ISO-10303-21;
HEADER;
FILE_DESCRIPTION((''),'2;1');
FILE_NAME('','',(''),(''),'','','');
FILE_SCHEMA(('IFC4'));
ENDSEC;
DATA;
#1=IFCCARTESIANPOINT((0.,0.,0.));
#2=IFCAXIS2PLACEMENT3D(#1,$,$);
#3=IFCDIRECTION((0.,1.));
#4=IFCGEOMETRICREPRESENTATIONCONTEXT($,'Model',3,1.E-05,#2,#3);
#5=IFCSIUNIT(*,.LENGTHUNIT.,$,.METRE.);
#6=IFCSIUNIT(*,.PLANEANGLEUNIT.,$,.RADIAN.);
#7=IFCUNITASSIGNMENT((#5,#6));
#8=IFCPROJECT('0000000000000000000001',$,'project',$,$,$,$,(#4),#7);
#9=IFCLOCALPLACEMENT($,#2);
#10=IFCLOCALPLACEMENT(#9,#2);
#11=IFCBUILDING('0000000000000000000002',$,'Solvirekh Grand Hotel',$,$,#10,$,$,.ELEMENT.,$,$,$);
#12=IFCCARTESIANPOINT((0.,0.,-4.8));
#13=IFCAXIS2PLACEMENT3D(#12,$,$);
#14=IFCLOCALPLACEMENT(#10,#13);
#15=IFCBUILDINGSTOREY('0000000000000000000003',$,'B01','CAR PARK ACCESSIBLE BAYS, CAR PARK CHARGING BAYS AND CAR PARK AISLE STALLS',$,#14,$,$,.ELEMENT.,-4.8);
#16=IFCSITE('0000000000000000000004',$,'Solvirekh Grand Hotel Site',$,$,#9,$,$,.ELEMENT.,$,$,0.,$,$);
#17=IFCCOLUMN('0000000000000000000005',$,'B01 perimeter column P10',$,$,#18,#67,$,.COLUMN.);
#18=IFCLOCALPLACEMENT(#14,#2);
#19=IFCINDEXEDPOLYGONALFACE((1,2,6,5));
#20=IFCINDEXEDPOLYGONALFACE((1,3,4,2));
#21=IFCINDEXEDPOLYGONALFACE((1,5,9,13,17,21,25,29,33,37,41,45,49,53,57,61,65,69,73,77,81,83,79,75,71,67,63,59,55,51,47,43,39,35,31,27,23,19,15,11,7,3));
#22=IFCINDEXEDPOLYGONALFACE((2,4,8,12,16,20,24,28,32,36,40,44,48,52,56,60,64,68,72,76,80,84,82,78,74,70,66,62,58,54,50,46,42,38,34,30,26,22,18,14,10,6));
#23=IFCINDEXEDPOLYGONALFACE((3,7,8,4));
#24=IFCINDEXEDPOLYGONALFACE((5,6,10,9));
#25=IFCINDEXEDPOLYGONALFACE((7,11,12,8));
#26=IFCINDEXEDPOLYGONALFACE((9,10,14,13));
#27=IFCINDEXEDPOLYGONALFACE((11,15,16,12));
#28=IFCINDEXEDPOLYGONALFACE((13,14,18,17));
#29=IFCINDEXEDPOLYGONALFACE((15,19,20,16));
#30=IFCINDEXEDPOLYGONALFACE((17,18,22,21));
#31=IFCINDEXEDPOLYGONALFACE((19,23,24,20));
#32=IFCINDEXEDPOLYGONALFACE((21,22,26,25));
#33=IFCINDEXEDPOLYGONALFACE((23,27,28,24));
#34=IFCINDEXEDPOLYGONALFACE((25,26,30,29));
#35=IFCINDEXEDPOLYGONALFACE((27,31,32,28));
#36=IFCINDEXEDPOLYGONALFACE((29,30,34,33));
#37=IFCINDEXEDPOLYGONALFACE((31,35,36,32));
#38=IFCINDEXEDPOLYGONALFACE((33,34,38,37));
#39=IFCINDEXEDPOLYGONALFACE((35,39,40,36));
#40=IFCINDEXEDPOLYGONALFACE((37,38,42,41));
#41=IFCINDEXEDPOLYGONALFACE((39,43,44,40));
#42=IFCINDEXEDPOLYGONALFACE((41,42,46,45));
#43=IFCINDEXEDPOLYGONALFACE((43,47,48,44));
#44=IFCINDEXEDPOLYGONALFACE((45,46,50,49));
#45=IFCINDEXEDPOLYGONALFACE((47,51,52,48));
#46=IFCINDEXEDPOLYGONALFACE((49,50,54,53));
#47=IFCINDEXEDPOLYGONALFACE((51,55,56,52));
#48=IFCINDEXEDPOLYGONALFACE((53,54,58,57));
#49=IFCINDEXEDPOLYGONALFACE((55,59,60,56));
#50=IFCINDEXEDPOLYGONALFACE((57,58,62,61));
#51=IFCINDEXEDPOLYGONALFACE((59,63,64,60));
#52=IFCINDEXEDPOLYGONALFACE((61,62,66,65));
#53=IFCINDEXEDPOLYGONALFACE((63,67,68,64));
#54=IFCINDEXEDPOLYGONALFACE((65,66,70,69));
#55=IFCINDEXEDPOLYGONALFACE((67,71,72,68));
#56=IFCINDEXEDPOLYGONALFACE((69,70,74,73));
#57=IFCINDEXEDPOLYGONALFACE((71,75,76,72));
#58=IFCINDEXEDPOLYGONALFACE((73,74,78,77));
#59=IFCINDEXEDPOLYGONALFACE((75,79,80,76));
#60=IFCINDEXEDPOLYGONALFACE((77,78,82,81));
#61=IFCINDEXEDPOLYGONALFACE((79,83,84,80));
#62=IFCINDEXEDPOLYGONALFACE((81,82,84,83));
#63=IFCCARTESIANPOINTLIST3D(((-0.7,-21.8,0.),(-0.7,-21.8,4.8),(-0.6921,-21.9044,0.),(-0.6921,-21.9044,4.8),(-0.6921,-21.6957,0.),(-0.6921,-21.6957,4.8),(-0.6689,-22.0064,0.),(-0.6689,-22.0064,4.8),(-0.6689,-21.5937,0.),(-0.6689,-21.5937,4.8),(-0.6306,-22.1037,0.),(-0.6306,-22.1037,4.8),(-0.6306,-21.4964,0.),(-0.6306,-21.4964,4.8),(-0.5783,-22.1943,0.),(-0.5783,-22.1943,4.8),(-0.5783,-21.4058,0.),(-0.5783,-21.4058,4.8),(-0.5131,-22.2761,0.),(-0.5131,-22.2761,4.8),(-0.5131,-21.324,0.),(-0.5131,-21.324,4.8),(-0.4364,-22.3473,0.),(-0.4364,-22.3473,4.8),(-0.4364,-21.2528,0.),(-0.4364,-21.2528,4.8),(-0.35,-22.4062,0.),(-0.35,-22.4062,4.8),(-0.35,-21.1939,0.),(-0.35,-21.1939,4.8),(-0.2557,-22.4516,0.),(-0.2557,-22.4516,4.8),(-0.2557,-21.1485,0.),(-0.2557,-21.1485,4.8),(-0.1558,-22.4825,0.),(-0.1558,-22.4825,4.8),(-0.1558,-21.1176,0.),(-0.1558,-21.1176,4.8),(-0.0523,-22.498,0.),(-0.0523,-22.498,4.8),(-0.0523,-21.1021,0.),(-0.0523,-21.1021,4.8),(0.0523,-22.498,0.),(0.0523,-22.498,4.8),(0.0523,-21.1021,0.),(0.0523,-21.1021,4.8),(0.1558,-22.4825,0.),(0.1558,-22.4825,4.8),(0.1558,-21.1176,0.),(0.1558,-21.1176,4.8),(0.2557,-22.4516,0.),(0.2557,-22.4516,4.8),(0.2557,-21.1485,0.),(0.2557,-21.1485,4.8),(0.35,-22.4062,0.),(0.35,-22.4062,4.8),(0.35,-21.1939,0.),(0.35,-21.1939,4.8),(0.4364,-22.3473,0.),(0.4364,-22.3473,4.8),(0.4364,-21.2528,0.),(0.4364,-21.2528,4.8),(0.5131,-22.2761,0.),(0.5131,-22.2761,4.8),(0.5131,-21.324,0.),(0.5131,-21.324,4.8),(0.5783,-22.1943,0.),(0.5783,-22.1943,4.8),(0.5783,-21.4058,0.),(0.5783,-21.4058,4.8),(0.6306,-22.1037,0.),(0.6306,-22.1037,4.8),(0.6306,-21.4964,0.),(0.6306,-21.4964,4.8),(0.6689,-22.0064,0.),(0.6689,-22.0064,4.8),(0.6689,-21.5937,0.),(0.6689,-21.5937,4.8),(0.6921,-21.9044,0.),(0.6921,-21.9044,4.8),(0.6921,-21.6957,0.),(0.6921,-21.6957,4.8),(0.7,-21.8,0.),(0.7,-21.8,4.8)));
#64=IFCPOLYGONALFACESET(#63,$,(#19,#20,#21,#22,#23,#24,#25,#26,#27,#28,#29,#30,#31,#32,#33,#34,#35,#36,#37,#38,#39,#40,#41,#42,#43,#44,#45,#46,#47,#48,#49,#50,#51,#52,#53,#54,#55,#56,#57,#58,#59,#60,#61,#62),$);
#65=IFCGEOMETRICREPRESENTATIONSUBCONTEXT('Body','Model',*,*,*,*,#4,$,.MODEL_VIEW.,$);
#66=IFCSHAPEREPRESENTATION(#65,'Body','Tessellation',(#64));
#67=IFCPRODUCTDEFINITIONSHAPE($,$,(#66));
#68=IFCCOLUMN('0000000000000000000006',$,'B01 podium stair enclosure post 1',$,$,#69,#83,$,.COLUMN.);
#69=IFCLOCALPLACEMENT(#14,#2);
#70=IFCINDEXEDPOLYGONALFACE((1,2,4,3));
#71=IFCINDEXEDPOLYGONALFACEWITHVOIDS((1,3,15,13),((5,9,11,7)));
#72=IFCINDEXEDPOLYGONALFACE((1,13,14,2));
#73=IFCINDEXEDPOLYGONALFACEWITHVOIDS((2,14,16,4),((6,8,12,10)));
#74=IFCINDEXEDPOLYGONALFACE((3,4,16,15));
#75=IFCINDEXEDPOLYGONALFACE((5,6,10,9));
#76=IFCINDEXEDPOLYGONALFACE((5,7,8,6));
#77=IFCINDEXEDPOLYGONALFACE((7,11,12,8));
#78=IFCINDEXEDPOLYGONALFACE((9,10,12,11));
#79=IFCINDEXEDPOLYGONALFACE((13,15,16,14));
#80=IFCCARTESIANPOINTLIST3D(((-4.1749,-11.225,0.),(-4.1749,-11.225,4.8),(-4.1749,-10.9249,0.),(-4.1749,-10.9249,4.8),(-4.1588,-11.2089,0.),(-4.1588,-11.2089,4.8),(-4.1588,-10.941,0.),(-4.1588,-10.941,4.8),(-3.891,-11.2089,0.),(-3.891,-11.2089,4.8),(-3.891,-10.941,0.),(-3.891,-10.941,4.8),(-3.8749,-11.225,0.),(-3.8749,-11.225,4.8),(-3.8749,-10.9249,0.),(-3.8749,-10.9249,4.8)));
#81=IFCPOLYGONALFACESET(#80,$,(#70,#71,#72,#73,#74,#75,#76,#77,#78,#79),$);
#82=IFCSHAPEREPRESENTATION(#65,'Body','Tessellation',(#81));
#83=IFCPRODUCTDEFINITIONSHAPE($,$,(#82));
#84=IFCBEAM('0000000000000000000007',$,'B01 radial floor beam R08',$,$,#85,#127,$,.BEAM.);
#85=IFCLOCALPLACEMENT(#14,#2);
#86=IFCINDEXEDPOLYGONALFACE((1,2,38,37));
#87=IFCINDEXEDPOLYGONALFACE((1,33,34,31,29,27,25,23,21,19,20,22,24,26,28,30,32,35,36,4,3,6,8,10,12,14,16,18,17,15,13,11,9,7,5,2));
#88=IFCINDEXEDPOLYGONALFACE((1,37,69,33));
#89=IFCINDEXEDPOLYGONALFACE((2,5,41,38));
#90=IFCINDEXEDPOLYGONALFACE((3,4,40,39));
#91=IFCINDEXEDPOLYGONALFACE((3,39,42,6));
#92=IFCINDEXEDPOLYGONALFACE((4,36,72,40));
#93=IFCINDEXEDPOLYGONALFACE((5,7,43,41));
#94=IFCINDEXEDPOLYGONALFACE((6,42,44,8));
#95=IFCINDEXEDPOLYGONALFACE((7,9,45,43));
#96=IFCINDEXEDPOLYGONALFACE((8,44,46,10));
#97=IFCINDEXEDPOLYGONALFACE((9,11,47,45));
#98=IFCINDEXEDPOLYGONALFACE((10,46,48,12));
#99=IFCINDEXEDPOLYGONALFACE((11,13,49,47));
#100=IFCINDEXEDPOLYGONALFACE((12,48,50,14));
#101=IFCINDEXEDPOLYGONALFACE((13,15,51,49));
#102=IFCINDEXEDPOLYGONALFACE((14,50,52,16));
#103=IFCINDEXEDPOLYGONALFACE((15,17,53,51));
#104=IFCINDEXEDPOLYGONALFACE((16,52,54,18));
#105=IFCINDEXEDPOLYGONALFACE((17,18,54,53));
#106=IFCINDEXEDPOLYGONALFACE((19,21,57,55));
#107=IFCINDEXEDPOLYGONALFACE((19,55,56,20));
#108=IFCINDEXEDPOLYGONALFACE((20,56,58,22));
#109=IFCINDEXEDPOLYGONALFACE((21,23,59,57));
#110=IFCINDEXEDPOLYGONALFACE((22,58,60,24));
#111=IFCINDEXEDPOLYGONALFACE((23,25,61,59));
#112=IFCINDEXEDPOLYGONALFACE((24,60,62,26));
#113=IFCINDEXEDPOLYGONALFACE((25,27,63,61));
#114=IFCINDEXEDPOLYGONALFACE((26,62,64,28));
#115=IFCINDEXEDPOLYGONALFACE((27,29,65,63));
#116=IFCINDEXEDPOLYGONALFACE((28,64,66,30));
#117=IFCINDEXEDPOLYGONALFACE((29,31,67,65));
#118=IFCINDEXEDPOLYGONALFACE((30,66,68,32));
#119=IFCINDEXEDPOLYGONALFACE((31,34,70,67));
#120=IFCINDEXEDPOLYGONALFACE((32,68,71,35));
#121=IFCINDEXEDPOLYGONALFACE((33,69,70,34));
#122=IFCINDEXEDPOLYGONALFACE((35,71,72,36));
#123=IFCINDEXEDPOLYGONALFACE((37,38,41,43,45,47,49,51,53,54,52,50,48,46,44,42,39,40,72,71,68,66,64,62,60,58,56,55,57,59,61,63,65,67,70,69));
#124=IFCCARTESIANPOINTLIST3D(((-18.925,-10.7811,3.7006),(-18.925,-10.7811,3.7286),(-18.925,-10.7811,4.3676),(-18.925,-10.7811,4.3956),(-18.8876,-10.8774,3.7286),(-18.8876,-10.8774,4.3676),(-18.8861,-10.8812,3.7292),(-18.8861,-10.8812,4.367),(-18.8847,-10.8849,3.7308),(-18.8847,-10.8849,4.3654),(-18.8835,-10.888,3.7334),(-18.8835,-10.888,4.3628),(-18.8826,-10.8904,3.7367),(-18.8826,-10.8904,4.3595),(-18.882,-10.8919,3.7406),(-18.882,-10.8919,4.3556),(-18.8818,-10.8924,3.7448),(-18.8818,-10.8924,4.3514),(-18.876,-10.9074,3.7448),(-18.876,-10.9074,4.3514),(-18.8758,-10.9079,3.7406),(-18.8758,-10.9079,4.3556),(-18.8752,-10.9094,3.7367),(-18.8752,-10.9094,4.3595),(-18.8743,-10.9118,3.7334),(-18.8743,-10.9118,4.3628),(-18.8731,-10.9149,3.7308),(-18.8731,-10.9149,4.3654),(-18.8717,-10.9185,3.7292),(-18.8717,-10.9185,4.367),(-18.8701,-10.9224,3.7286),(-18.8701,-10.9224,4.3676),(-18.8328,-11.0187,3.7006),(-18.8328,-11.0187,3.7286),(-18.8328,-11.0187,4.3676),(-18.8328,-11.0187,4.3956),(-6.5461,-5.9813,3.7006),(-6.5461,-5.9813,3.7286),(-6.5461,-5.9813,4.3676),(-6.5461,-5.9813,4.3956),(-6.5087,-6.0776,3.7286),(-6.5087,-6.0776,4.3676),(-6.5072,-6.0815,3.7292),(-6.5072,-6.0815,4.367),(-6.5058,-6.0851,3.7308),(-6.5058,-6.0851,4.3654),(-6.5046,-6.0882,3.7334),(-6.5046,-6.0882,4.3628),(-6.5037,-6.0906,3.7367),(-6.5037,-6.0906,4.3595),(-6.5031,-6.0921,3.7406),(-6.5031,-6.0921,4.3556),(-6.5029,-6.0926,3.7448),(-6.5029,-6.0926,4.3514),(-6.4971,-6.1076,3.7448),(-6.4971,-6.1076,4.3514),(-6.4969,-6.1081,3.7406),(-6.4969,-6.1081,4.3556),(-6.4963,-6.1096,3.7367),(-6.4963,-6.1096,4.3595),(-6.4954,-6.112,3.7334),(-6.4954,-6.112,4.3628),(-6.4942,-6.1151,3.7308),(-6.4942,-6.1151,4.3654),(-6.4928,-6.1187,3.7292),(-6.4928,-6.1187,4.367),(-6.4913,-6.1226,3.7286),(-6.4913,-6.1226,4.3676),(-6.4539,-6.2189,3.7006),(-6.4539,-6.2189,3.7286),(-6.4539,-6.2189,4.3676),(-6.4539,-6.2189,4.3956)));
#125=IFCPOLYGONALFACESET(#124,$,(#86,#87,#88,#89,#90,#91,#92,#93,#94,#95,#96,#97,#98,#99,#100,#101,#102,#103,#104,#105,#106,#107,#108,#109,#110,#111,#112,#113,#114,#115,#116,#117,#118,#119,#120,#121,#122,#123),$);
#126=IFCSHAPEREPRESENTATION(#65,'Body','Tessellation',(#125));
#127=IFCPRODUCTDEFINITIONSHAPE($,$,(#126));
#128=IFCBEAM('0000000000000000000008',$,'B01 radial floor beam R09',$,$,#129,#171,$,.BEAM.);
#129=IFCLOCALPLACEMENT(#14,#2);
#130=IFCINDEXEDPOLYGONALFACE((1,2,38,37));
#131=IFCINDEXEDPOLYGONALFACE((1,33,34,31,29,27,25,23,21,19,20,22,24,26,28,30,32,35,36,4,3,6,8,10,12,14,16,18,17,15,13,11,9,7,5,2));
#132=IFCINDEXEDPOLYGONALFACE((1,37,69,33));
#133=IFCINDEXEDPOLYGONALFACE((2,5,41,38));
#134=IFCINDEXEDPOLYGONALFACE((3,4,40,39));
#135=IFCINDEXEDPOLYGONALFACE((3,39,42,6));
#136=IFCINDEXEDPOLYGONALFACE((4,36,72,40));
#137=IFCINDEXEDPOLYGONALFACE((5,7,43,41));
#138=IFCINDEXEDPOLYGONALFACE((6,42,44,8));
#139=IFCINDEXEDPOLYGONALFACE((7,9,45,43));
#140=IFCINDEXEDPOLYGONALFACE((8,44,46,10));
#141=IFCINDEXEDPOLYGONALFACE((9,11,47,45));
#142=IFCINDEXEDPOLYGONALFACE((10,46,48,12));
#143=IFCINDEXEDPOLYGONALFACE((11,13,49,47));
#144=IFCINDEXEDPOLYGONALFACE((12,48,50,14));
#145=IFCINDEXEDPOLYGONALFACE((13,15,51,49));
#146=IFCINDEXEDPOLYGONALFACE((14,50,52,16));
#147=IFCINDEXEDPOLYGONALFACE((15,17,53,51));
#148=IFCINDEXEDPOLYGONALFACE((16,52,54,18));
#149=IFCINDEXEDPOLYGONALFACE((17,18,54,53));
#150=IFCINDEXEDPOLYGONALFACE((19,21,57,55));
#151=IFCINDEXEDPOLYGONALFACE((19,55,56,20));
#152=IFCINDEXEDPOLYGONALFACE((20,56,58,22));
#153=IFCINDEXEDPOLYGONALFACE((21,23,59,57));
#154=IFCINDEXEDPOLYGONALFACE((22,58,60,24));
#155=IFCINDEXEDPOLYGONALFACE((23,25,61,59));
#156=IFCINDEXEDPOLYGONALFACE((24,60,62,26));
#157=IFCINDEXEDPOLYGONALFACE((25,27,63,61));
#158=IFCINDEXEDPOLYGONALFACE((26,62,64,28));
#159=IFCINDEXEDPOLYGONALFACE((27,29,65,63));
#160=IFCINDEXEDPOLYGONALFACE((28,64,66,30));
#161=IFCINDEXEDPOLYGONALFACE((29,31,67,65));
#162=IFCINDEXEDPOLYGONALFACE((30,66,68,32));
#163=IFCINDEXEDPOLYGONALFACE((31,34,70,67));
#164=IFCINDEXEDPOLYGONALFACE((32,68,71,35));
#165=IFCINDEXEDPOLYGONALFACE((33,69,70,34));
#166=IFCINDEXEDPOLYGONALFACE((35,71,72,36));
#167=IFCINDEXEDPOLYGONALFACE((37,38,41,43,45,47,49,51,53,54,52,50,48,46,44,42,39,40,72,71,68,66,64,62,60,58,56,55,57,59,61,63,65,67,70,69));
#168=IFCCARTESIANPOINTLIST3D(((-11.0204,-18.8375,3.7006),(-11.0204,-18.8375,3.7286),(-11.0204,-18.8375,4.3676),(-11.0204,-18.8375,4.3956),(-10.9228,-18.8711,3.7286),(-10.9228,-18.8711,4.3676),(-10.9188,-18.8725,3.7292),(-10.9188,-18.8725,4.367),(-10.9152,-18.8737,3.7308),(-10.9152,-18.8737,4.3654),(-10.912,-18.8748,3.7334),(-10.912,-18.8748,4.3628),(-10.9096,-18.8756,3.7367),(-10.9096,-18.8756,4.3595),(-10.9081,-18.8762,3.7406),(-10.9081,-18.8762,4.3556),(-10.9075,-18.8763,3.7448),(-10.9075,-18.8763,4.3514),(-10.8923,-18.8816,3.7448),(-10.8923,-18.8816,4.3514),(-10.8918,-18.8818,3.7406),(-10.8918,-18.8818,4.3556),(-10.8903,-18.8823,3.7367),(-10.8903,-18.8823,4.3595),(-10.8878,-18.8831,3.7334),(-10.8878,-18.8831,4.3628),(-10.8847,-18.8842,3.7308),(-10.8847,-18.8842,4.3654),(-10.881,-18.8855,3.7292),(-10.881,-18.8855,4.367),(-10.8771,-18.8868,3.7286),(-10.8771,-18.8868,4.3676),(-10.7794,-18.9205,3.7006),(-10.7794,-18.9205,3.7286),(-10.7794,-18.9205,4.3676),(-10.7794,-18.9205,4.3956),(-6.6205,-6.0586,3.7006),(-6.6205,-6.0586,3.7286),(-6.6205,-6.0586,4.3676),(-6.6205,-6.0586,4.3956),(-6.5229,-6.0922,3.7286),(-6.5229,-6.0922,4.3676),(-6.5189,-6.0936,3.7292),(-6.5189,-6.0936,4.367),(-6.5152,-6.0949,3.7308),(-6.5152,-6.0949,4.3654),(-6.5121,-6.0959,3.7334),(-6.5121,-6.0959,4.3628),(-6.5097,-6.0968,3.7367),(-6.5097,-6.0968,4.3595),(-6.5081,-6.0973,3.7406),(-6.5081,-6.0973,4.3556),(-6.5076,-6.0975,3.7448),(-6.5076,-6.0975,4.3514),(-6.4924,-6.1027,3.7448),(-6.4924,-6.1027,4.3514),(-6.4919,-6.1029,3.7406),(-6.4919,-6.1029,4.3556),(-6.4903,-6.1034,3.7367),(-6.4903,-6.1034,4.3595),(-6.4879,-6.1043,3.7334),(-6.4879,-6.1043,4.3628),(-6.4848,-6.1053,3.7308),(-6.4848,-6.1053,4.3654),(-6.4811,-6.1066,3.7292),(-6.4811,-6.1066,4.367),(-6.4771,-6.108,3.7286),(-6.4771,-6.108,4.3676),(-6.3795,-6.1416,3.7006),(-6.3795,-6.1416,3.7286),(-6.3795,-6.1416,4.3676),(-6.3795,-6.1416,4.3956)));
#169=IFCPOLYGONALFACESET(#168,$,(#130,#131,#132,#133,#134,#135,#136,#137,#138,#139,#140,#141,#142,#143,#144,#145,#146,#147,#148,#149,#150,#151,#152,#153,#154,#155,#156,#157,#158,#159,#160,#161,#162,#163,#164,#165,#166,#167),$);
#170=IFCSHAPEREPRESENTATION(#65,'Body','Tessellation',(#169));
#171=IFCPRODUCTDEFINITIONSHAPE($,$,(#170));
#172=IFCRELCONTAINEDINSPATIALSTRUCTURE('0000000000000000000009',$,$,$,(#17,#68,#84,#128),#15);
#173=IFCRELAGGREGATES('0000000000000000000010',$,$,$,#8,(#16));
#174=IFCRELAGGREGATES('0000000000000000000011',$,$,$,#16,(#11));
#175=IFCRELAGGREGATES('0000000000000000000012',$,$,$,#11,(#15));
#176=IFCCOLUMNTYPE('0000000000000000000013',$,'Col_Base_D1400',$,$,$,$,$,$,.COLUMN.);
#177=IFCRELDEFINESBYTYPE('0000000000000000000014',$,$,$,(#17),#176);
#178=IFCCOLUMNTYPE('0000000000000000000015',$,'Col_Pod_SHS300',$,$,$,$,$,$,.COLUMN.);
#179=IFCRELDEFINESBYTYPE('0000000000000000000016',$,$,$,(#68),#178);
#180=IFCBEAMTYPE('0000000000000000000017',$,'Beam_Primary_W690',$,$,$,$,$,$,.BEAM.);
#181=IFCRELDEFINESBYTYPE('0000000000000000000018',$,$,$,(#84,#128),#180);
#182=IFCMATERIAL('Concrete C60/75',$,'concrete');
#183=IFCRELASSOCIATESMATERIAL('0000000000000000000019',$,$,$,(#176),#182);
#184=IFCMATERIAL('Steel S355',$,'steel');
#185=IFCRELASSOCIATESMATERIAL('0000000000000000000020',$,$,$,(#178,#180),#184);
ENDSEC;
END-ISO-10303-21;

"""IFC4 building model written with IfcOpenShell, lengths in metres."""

from ifc_helpers import new_model, si_unit, direction, frame, origin, origin_2d, place, context, subcontext, project, spatial, hollow_rectangle, circle, i_section, extrude, material, material_profile, profile_set, type_object, element, save


model = new_model("IFC4")

# Units and contexts
model_context = context("Model", 3, precision=1e-05, world=origin(), true_north=direction((0.0, 1.0)))
body_context = subcontext(model_context, "Body", "Model", "MODEL_VIEW")
ifc_project = project(units=[si_unit("LENGTHUNIT", "METRE"), si_unit("PLANEANGLEUNIT", "RADIAN")], contexts=[model_context])

# Site, building, storey
site_placement = place(None, origin())
site = spatial("IfcSite", under=ifc_project, at=site_placement, Name="Solvirekh Grand Hotel Site", CompositionType="ELEMENT", RefElevation=0.0)
building_placement = place(site_placement, origin())
building = spatial("IfcBuilding", under=site, at=building_placement, Name="Solvirekh Grand Hotel", CompositionType="ELEMENT")
storey_placement = place(building_placement, frame((0.0, 0.0, -4.8)))
storey = spatial("IfcBuildingStorey", under=building, at=storey_placement, Name="B01", Description="CAR PARK ACCESSIBLE BAYS, CAR PARK CHARGING BAYS AND CAR PARK AISLE STALLS", CompositionType="ELEMENT", Elevation=-4.8)

# Columns
ifc_material_1 = material(Name="Concrete C60/75", Category="concrete")
ifc_material_profile_1 = material_profile(ifc_material_1, circle(Radius=0.7, at=origin_2d()), Name="RC CIRC D1400")
ifc_profile_set_1 = profile_set([ifc_material_profile_1], Name="Concrete C60/75")
column_type_1 = type_object("IfcColumnType", Name="Col_Base_D1400", PredefinedType="COLUMN", material=ifc_profile_set_1)
column_1_placement = place(storey_placement, frame((0.0, -21.8, 0.0), z_axis=(0.0, 0.0, 1.0), x_axis=(1.0, 0.0, 0.0)))
element("IfcColumn", 1, at=column_1_placement, inside=storey, type_object=column_type_1, Name="B01 perimeter column P10", PredefinedType="COLUMN", context=body_context, shape_type="SweptSolid", body=[
    extrude(circle(Radius=0.7, at=origin_2d()), origin(), (0.0, 0.0, 1.0), 4.8),
])
ifc_material_2 = material(Name="Steel S355", Category="steel")
ifc_material_profile_2 = material_profile(ifc_material_2, hollow_rectangle(XDim=0.3, YDim=0.3, WallThickness=0.0161, at=origin_2d()), Name="SHS 300X300X16")
ifc_profile_set_2 = profile_set([ifc_material_profile_2], Name="Steel S355")
column_type_2 = type_object("IfcColumnType", Name="Col_Pod_SHS300", PredefinedType="COLUMN", material=ifc_profile_set_2)
column_2_placement = place(storey_placement, frame((-4.0249, -11.075, 0.0), z_axis=(0.0, 0.0, 1.0), x_axis=(1.0, 0.0, 0.0)))
element("IfcColumn", 2, at=column_2_placement, inside=storey, type_object=column_type_2, Name="B01 podium stair enclosure post 1", PredefinedType="COLUMN", context=body_context, shape_type="SweptSolid", body=[
    extrude(hollow_rectangle(XDim=0.3, YDim=0.3, WallThickness=0.0161, at=origin_2d()), origin(), (0.0, 0.0, 1.0), 4.8),
])

# Beams
ifc_material_profile_3 = material_profile(ifc_material_2, i_section(OverallWidth=0.2549, OverallDepth=0.6951, WebThickness=0.0161, FlangeThickness=0.0281, FilletRadius=0.0161, at=origin_2d()), Name="W690X217")
ifc_profile_set_3 = profile_set([ifc_material_profile_3], Name="Steel S355")
beam_type_1 = type_object("IfcBeamType", Name="Beam_Primary_W690", PredefinedType="BEAM", material=ifc_profile_set_3)
beam_1_placement = place(storey_placement, frame((-6.5, -6.1001, 4.0481), z_axis=(-0.932366, -0.361516, 0.0), x_axis=(0.361516, -0.932366, 0.0)))
element("IfcBeam", 3, at=beam_1_placement, inside=storey, type_object=beam_type_1, Name="B01 radial floor beam R08", PredefinedType="BEAM", context=body_context, shape_type="SweptSolid", body=[
    extrude(i_section(OverallWidth=0.2549, OverallDepth=0.6951, WebThickness=0.0161, FlangeThickness=0.0281, FilletRadius=0.0161, at=origin_2d()), origin(), (0.0, 0.0, 1.0), 13.2769),
])
beam_2_placement = place(storey_placement, frame((-6.5, -6.1001, 4.0481), z_axis=(-0.325555, -0.945523, 0.0), x_axis=(0.945523, -0.325555, 0.0)))
element("IfcBeam", 4, at=beam_2_placement, inside=storey, type_object=beam_type_1, Name="B01 radial floor beam R09", PredefinedType="BEAM", context=body_context, shape_type="SweptSolid", body=[
    extrude(i_section(OverallWidth=0.2549, OverallDepth=0.6951, WebThickness=0.0161, FlangeThickness=0.0281, FilletRadius=0.0161, at=origin_2d()), origin(), (0.0, 0.0, 1.0), 13.5151),
])

save(model, "model.ifc")
